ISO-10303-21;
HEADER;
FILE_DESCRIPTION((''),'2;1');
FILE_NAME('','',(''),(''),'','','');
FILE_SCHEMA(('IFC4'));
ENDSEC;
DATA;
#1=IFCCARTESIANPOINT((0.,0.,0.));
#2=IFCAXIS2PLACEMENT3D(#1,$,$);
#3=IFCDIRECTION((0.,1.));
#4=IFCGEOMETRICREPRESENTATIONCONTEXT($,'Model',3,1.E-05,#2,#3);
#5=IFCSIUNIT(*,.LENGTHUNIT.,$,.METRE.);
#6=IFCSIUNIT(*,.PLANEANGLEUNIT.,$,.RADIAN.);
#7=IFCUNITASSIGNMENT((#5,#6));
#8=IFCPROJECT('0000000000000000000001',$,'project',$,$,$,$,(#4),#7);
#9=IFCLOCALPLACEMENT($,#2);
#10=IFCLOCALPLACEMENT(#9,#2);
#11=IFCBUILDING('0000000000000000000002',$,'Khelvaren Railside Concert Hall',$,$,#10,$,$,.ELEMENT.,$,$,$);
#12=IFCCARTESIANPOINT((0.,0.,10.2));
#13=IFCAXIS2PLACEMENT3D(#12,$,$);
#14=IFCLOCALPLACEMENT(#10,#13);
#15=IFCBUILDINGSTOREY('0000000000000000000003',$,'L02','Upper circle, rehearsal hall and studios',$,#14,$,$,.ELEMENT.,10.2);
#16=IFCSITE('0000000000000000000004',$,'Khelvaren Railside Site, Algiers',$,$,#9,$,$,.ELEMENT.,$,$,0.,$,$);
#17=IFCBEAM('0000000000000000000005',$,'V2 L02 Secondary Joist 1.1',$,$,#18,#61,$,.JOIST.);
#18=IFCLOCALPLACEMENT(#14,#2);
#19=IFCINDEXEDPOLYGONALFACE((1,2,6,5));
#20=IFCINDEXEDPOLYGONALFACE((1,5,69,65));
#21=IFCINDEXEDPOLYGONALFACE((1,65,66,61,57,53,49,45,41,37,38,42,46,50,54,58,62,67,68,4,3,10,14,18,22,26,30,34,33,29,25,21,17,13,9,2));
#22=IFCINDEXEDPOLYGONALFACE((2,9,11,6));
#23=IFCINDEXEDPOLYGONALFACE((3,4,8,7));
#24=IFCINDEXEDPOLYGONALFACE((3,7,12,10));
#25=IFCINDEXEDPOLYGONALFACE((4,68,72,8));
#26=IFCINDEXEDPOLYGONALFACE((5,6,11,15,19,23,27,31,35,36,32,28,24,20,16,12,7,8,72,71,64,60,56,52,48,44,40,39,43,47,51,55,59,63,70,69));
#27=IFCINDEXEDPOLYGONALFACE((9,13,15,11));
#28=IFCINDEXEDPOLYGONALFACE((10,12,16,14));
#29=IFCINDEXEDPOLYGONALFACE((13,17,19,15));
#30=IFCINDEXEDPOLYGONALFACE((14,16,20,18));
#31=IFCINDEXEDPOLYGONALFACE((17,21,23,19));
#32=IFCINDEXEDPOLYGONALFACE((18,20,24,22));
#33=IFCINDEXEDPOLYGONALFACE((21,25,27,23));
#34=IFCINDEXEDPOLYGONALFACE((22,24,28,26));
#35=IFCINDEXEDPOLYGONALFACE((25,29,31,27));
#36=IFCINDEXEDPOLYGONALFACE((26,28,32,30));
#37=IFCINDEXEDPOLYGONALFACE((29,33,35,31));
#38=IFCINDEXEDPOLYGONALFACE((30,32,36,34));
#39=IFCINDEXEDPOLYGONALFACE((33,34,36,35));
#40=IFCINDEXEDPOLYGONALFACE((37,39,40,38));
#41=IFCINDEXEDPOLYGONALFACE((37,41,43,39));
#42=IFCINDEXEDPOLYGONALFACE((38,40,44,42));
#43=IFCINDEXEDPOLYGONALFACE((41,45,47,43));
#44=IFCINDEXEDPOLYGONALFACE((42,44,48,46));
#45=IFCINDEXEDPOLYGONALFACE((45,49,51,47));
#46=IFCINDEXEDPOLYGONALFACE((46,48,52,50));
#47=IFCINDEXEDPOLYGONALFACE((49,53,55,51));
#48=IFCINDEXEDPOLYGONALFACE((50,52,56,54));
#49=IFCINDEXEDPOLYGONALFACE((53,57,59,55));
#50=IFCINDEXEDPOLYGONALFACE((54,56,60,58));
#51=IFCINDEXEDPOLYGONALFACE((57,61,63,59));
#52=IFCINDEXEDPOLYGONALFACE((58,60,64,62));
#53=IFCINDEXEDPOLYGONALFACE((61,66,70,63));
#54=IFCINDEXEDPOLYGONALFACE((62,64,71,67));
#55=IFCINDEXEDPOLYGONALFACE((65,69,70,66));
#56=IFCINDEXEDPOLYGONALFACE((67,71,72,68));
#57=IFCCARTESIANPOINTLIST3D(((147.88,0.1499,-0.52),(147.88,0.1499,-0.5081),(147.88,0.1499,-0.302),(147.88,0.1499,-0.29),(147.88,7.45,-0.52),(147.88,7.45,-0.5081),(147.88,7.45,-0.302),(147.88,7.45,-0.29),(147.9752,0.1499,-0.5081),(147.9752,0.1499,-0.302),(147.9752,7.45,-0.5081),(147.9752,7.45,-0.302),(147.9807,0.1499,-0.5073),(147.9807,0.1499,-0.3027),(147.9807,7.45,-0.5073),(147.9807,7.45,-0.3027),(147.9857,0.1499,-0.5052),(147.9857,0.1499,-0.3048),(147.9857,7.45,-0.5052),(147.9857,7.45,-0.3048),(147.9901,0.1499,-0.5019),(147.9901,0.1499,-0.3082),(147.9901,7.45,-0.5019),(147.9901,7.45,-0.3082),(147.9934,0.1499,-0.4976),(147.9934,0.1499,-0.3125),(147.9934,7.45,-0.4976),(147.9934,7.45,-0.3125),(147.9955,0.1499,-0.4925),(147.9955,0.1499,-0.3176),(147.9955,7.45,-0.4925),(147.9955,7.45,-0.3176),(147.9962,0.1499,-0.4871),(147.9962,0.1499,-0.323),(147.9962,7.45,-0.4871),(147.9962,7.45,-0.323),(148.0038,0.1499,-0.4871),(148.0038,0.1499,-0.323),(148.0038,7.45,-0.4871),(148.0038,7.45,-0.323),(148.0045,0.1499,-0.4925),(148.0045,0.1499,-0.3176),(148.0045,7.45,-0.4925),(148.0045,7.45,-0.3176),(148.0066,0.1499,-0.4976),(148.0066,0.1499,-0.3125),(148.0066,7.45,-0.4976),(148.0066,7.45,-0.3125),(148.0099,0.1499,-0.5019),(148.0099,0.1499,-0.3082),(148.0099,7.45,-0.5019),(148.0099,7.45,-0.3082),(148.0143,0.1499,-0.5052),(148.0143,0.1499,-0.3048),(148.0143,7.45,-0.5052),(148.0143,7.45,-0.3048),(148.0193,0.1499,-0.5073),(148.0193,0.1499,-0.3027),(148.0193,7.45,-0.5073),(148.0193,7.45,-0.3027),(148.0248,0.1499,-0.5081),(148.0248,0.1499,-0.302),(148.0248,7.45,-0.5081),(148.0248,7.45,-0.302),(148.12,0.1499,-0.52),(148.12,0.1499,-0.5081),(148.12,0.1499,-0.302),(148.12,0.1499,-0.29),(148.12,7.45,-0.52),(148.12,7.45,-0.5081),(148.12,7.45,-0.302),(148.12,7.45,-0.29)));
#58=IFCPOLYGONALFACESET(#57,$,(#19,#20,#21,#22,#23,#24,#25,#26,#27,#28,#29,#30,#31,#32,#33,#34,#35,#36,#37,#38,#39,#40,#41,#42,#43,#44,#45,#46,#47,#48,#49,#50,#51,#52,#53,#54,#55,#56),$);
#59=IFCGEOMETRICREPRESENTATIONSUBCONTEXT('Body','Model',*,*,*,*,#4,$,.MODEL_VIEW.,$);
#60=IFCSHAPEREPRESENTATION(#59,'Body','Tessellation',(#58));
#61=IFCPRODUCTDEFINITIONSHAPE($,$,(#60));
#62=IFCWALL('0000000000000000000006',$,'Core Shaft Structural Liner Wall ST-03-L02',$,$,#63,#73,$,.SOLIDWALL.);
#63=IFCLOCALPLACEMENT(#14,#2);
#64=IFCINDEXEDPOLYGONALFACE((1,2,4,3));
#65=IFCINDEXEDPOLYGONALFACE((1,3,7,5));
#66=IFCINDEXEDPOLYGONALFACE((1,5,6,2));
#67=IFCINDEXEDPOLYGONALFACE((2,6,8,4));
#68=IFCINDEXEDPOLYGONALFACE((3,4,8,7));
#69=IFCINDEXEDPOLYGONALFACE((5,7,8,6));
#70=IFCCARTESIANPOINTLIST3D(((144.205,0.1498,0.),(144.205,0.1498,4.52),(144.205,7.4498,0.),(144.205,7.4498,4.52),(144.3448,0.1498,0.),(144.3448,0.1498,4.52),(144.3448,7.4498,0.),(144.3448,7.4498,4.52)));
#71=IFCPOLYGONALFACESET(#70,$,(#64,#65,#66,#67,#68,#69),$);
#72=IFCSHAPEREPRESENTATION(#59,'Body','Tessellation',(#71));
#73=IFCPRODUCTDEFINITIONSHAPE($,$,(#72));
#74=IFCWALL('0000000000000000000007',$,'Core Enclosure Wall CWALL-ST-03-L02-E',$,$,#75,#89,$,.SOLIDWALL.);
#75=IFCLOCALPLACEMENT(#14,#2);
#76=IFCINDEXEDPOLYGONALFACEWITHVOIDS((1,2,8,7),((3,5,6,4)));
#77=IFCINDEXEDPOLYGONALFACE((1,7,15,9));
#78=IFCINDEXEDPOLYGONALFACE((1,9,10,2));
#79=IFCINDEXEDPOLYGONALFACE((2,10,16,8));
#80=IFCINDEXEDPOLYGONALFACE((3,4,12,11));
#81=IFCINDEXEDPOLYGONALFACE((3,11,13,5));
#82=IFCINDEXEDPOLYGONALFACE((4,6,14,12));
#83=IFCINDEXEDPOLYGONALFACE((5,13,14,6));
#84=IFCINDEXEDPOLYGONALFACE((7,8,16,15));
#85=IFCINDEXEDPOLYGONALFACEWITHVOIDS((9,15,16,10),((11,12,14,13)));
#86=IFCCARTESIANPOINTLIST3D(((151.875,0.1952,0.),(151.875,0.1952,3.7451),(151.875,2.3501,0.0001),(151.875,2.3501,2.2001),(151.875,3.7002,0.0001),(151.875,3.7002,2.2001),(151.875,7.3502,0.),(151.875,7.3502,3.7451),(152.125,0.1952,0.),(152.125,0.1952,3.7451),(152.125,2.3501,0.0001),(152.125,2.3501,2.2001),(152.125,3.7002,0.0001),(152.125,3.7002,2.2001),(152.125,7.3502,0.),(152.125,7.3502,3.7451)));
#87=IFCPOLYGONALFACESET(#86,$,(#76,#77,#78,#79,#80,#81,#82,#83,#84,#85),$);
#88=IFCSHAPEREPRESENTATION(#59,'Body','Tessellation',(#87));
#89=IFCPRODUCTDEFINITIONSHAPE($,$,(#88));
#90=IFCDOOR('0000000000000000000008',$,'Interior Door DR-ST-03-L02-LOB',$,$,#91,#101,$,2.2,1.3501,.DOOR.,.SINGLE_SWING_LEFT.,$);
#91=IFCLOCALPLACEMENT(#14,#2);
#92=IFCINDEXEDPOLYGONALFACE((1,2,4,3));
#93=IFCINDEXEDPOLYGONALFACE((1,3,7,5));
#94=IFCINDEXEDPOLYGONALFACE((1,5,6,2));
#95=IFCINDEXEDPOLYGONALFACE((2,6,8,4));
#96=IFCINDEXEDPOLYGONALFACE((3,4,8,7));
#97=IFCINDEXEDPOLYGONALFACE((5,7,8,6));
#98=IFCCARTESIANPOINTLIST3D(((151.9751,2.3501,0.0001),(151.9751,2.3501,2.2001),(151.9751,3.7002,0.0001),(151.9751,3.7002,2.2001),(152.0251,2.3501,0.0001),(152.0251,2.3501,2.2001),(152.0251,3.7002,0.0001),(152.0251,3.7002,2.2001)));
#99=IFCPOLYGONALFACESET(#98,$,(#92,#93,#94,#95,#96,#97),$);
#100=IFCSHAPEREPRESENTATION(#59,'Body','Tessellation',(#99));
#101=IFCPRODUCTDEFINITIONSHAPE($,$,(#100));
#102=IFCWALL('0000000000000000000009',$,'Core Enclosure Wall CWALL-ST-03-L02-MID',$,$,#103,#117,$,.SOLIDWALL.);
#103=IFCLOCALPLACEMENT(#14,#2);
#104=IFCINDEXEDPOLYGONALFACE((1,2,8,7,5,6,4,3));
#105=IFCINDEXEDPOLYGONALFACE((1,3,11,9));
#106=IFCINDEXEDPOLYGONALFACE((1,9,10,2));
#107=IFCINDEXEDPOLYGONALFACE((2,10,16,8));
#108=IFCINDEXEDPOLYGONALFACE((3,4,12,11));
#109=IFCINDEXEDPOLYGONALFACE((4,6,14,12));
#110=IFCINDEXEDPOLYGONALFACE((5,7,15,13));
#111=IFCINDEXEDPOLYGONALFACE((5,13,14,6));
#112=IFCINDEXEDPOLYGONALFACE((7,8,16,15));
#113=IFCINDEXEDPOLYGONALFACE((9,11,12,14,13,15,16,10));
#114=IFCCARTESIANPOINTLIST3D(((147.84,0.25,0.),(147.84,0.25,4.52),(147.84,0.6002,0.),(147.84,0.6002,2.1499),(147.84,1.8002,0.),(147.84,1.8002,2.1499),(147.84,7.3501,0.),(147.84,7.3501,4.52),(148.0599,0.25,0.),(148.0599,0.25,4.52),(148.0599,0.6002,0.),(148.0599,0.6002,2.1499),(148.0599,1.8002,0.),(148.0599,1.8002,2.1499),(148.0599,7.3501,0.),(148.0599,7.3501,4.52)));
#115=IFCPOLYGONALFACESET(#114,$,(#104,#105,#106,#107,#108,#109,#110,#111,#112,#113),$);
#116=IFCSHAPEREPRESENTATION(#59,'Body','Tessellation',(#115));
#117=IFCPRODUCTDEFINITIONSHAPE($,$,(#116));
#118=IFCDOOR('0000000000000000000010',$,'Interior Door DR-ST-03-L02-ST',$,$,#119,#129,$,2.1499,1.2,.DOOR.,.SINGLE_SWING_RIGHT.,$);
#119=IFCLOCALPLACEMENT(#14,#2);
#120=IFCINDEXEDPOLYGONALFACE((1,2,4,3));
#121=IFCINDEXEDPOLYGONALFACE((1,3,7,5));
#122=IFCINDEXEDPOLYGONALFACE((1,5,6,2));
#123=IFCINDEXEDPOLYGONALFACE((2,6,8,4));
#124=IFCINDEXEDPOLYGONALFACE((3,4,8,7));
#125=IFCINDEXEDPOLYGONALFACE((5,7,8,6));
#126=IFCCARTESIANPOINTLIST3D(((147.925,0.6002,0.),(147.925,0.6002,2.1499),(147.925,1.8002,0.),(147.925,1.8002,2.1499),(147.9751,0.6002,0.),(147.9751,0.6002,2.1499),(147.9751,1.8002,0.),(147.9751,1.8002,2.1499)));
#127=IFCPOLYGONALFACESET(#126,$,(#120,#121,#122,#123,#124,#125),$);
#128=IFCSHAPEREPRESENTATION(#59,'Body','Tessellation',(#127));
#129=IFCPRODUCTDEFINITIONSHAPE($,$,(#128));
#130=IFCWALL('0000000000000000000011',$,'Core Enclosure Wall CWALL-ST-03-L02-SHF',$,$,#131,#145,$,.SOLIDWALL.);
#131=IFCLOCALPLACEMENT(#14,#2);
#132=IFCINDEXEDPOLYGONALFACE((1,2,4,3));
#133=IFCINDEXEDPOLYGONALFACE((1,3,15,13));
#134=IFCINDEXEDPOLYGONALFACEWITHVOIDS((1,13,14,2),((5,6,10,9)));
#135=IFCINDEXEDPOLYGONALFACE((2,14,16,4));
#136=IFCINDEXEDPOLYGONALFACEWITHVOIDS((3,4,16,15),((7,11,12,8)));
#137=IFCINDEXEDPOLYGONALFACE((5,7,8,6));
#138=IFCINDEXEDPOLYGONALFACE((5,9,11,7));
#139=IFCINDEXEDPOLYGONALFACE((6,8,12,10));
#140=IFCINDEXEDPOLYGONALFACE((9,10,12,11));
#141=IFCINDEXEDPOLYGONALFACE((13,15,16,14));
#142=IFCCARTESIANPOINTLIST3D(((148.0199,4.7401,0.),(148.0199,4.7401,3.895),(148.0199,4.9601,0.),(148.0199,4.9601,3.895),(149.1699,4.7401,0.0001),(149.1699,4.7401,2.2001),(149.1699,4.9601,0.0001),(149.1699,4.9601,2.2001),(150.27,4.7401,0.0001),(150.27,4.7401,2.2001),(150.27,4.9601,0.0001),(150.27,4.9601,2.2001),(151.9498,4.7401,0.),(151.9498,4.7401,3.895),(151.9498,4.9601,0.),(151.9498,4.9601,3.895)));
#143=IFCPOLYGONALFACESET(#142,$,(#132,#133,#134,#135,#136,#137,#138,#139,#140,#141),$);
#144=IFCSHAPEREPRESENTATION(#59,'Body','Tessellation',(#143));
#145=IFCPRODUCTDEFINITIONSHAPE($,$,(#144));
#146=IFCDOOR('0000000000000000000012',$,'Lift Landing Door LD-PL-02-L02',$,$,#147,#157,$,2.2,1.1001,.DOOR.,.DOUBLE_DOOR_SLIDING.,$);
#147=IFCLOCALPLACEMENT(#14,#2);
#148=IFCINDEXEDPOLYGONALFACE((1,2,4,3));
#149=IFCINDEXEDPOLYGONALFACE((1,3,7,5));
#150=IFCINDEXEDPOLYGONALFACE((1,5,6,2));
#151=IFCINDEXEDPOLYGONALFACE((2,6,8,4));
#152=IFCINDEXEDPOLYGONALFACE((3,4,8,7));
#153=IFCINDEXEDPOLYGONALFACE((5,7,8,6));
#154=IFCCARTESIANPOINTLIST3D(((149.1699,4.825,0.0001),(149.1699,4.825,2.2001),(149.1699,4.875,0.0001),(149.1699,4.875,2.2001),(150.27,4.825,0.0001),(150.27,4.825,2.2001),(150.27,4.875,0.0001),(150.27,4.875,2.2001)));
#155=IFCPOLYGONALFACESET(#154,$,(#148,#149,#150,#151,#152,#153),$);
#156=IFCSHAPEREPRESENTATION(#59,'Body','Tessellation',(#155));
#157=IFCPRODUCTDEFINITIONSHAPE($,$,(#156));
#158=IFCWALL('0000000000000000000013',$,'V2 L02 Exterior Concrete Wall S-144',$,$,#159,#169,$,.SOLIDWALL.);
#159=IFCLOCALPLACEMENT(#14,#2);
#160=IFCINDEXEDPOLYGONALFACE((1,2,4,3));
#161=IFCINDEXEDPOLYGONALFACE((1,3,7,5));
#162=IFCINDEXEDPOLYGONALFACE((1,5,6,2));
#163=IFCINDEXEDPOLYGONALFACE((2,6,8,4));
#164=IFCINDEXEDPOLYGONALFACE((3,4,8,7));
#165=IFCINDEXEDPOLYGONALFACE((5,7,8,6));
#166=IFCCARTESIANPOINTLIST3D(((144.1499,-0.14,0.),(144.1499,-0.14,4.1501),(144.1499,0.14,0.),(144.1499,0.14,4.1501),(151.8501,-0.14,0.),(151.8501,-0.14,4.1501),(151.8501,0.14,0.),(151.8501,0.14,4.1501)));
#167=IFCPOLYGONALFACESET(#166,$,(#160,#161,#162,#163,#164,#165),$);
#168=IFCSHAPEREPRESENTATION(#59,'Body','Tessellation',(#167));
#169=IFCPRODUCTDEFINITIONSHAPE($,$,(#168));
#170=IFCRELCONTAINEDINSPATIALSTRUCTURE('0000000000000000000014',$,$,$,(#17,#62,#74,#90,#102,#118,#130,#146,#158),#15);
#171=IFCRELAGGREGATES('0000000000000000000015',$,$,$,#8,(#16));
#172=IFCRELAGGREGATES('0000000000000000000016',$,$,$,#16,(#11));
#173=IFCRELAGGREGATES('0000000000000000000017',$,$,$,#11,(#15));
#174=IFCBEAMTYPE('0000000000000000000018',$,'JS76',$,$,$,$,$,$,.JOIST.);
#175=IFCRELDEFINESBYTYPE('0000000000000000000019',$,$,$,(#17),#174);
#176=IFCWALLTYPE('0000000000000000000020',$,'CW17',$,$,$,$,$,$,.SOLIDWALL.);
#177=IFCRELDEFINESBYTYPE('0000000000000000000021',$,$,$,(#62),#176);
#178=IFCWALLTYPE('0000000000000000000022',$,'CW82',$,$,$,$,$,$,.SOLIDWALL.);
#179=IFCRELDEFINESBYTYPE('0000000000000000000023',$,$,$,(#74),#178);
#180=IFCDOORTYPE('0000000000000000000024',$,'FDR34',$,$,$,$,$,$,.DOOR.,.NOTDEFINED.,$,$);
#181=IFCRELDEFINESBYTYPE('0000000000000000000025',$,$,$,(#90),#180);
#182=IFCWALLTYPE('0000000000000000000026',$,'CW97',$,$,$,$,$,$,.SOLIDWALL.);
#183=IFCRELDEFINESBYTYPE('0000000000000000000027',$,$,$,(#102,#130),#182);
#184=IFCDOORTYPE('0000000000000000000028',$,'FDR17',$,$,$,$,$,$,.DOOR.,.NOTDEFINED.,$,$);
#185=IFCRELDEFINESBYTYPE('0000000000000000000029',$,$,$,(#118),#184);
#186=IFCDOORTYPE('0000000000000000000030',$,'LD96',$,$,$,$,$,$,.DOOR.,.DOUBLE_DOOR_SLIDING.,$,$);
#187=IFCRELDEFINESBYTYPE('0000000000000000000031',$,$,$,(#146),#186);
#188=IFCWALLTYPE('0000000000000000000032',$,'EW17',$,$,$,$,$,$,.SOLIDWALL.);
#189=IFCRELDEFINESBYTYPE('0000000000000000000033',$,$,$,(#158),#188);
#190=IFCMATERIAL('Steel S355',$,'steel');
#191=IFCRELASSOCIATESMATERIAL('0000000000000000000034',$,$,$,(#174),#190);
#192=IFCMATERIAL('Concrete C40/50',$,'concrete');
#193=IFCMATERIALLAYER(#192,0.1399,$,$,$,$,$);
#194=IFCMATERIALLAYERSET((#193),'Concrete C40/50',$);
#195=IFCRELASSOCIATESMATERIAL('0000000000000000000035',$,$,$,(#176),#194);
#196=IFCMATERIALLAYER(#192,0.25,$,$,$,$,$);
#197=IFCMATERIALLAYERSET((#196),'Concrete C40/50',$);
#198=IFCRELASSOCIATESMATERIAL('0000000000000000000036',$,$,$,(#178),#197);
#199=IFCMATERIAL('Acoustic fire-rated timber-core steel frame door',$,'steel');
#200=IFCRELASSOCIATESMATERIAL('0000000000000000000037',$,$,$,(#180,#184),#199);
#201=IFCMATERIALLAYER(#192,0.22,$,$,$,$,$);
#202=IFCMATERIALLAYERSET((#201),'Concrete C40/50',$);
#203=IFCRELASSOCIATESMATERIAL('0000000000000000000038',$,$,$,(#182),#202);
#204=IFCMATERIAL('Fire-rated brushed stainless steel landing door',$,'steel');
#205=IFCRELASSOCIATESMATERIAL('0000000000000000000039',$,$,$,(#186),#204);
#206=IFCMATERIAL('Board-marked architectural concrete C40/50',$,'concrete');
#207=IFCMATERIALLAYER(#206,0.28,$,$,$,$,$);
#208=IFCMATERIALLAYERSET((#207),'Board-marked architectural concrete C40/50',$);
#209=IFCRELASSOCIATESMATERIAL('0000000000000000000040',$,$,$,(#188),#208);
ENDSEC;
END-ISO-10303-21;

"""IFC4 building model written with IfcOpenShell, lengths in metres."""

from ifc_helpers import new_model, si_unit, direction, frame, frame_2d, origin, origin_2d, place, context, subcontext, project, spatial, rectangle, i_section, extrude, material, layer, layer_set, material_profile, profile_set, type_object, element, fill, save


model = new_model("IFC4")

# Units and contexts
model_context = context("Model", 3, precision=1e-05, world=origin(), true_north=direction((0.0, 1.0)))
body_context = subcontext(model_context, "Body", "Model", "MODEL_VIEW")
ifc_project = project(units=[si_unit("LENGTHUNIT", "METRE"), si_unit("PLANEANGLEUNIT", "RADIAN")], contexts=[model_context])

# Site, building, storey
site_placement = place(None, origin())
site = spatial("IfcSite", under=ifc_project, at=site_placement, Name="Khelvaren Railside Site, Algiers", CompositionType="ELEMENT", RefElevation=0.0)
building_placement = place(site_placement, origin())
building = spatial("IfcBuilding", under=site, at=building_placement, Name="Khelvaren Railside Concert Hall", CompositionType="ELEMENT")
storey_placement = place(building_placement, frame((0.0, 0.0, 10.2)))
storey = spatial("IfcBuildingStorey", under=building, at=storey_placement, Name="L02", Description="Upper circle, rehearsal hall and studios", CompositionType="ELEMENT", Elevation=10.2)

# Shared definitions
ifc_material_1 = material(Name="Steel S355", Category="steel")

# Beam
ifc_material_profile_1 = material_profile(ifc_material_1, i_section(OverallWidth=0.24, OverallDepth=0.23, WebThickness=0.0076, FlangeThickness=0.012, FilletRadius=0.021, at=origin_2d()), Name="HEA 240")
ifc_profile_set_1 = profile_set([ifc_material_profile_1], Name="Steel S355")
beam_type_1 = type_object("IfcBeamType", Name="JS76", PredefinedType="JOIST", material=ifc_profile_set_1)
beam_1_placement = place(storey_placement, frame((148.0, 0.1499, -0.405), z_axis=(0.0, 1.0, 0.0), x_axis=(-1.0, 0.0, 0.0)))
element("IfcBeam", 1, at=beam_1_placement, inside=storey, type_object=beam_type_1, Name="V2 L02 Secondary Joist 1.1", PredefinedType="JOIST", context=body_context, shape_type="SweptSolid", body=[
    extrude(i_section(OverallWidth=0.24, OverallDepth=0.23, WebThickness=0.0076, FlangeThickness=0.012, FilletRadius=0.021, at=origin_2d()), origin(), (0.0, 0.0, 1.0), 7.3),
])

# Wall
ifc_material_2 = material(Name="Concrete C40/50", Category="concrete")
ifc_layer_1 = layer(ifc_material_2, 0.1399)
ifc_layer_set_1 = layer_set([ifc_layer_1], Name="Concrete C40/50")
wall_type_1 = type_object("IfcWallType", Name="CW17", PredefinedType="SOLIDWALL", material=ifc_layer_set_1)
wall_1_placement = place(storey_placement, frame((144.2749, 0.1499, 0.0), z_axis=(0.0, 0.0, 1.0), x_axis=(0.0, 1.0, 0.0)))
element("IfcWall", 2, at=wall_1_placement, inside=storey, type_object=wall_type_1, Name="Core Shaft Structural Liner Wall ST-03-L02", PredefinedType="SOLIDWALL", context=body_context, shape_type="SweptSolid", body=[
    extrude(rectangle(XDim=7.3, YDim=0.1399, at=frame_2d((3.6499, 0.0))), origin(), (0.0, 0.0, 1.0), 4.52),
])

# Walls, openings, doors
ifc_layer_2 = layer(ifc_material_2, 0.25)
ifc_layer_set_2 = layer_set([ifc_layer_2], Name="Concrete C40/50")
wall_type_2 = type_object("IfcWallType", Name="CW82", PredefinedType="SOLIDWALL", material=ifc_layer_set_2)
wall_2_placement = place(storey_placement, frame((152.0, 0.1951, 0.0), z_axis=(0.0, 0.0, 1.0), x_axis=(0.0, 1.0, 0.0)))
wall_2 = element("IfcWall", 3, at=wall_2_placement, inside=storey, type_object=wall_type_2, Name="Core Enclosure Wall CWALL-ST-03-L02-E", PredefinedType="SOLIDWALL", context=body_context, shape_type="SweptSolid", body=[
    extrude(rectangle(XDim=7.155, YDim=0.25, at=frame_2d((3.5776, 0.0))), origin(), (0.0, 0.0, 1.0), 3.7451),
])
opening_1_placement = place(wall_2_placement, frame((2.155, 0.0, 0.0)))
opening_1 = element("IfcOpeningElement", 4, at=opening_1_placement, cuts=wall_2, PredefinedType="OPENING", context=body_context, shape_type="SweptSolid", body=[
    extrude(rectangle(XDim=1.3501, YDim=2.2, at=frame_2d((0.675, 1.1001))), frame((0.0, 0.135, 0.0), z_axis=(0.0, -1.0, 0.0), x_axis=(1.0, 0.0, 0.0)), (0.0, 0.0, 1.0), 0.27),
])
ifc_material_3 = material(Name="Acoustic fire-rated timber-core steel frame door", Category="steel")
door_type_1 = type_object("IfcDoorType", Name="FDR34", OperationType="NOTDEFINED", PredefinedType="DOOR", material=ifc_material_3)
door_1_placement = place(opening_1_placement, origin())
door_1 = element("IfcDoor", 5, at=door_1_placement, inside=storey, type_object=door_type_1, Name="Interior Door DR-ST-03-L02-LOB", OperationType="SINGLE_SWING_LEFT", OverallHeight=2.2, OverallWidth=1.3501, PredefinedType="DOOR", context=body_context, shape_type="SweptSolid", body=[
    extrude(rectangle(XDim=1.3501, YDim=2.2, at=frame_2d((0.675, 1.1001))), frame((0.0, 0.0249, 0.0), z_axis=(0.0, -1.0, 0.0), x_axis=(1.0, 0.0, 0.0)), (0.0, 0.0, 1.0), 0.05),
])
fill(opening_1, door_1)
ifc_layer_3 = layer(ifc_material_2, 0.22)
ifc_layer_set_3 = layer_set([ifc_layer_3], Name="Concrete C40/50")
wall_type_3 = type_object("IfcWallType", Name="CW97", PredefinedType="SOLIDWALL", material=ifc_layer_set_3)
wall_3_placement = place(storey_placement, frame((147.95, 0.25, 0.0), z_axis=(0.0, 0.0, 1.0), x_axis=(0.0, 1.0, 0.0)))
wall_3 = element("IfcWall", 6, at=wall_3_placement, inside=storey, type_object=wall_type_3, Name="Core Enclosure Wall CWALL-ST-03-L02-MID", PredefinedType="SOLIDWALL", context=body_context, shape_type="SweptSolid", body=[
    extrude(rectangle(XDim=7.1001, YDim=0.22, at=frame_2d((3.55, 0.0))), origin(), (0.0, 0.0, 1.0), 4.52),
])
opening_2_placement = place(wall_3_placement, frame((0.3501, 0.0, 0.0)))
opening_2 = element("IfcOpeningElement", 7, at=opening_2_placement, cuts=wall_3, PredefinedType="OPENING", context=body_context, shape_type="SweptSolid", body=[
    extrude(rectangle(XDim=1.2, YDim=2.1499, at=frame_2d((0.6001, 1.075))), frame((0.0, 0.1199, 0.0), z_axis=(0.0, -1.0, 0.0), x_axis=(1.0, 0.0, 0.0)), (0.0, 0.0, 1.0), 0.24),
])
door_type_2 = type_object("IfcDoorType", Name="FDR17", OperationType="NOTDEFINED", PredefinedType="DOOR", material=ifc_material_3)
door_2_placement = place(opening_2_placement, origin())
door_2 = element("IfcDoor", 8, at=door_2_placement, inside=storey, type_object=door_type_2, Name="Interior Door DR-ST-03-L02-ST", OperationType="SINGLE_SWING_RIGHT", OverallHeight=2.1499, OverallWidth=1.2, PredefinedType="DOOR", context=body_context, shape_type="SweptSolid", body=[
    extrude(rectangle(XDim=1.2, YDim=2.1499, at=frame_2d((0.6001, 1.075))), frame((0.0, 0.0249, 0.0), z_axis=(0.0, -1.0, 0.0), x_axis=(1.0, 0.0, 0.0)), (0.0, 0.0, 1.0), 0.05),
])
fill(opening_2, door_2)
wall_4_placement = place(storey_placement, frame((148.02, 4.8501, 0.0), z_axis=(0.0, 0.0, 1.0), x_axis=(1.0, 0.0, 0.0)))
wall_4 = element("IfcWall", 9, at=wall_4_placement, inside=storey, type_object=wall_type_3, Name="Core Enclosure Wall CWALL-ST-03-L02-SHF", PredefinedType="SOLIDWALL", context=body_context, shape_type="SweptSolid", body=[
    extrude(rectangle(XDim=3.9299, YDim=0.22, at=frame_2d((1.9648, 0.0))), origin(), (0.0, 0.0, 1.0), 3.895),
])
opening_3_placement = place(wall_4_placement, frame((1.1499, 0.0, 0.0)))
opening_3 = element("IfcOpeningElement", 10, at=opening_3_placement, cuts=wall_4, PredefinedType="OPENING", context=body_context, shape_type="SweptSolid", body=[
    extrude(rectangle(XDim=1.1001, YDim=2.2, at=frame_2d((0.55, 1.1001))), frame((0.0, 0.1199, 0.0), z_axis=(0.0, -1.0, 0.0), x_axis=(1.0, 0.0, 0.0)), (0.0, 0.0, 1.0), 0.24),
])
ifc_material_4 = material(Name="Fire-rated brushed stainless steel landing door", Category="steel")
door_type_3 = type_object("IfcDoorType", Name="LD96", OperationType="DOUBLE_DOOR_SLIDING", PredefinedType="DOOR", material=ifc_material_4)
door_3_placement = place(opening_3_placement, origin())
door_3 = element("IfcDoor", 11, at=door_3_placement, inside=storey, type_object=door_type_3, Name="Lift Landing Door LD-PL-02-L02", OperationType="DOUBLE_DOOR_SLIDING", OverallHeight=2.2, OverallWidth=1.1001, PredefinedType="DOOR", context=body_context, shape_type="SweptSolid", body=[
    extrude(rectangle(XDim=1.1001, YDim=2.2, at=frame_2d((0.55, 1.1001))), frame((0.0, 0.0249, 0.0), z_axis=(0.0, -1.0, 0.0), x_axis=(1.0, 0.0, 0.0)), (0.0, 0.0, 1.0), 0.05),
])
fill(opening_3, door_3)

# Wall
ifc_material_5 = material(Name="Board-marked architectural concrete C40/50", Category="concrete")
ifc_layer_4 = layer(ifc_material_5, 0.28)
ifc_layer_set_4 = layer_set([ifc_layer_4], Name="Board-marked architectural concrete C40/50")
wall_type_4 = type_object("IfcWallType", Name="EW17", PredefinedType="SOLIDWALL", material=ifc_layer_set_4)
wall_5_placement = place(storey_placement, frame((151.8501, 0.0, 0.0), z_axis=(0.0, 0.0, 1.0), x_axis=(-1.0, 0.0, 0.0)))
element("IfcWall", 12, at=wall_5_placement, inside=storey, type_object=wall_type_4, Name="V2 L02 Exterior Concrete Wall S-144", PredefinedType="SOLIDWALL", context=body_context, shape_type="SweptSolid", body=[
    extrude(rectangle(XDim=7.7002, YDim=0.28, at=frame_2d((3.8501, 0.0))), origin(), (0.0, 0.0, 1.0), 4.1501),
])

save(model, "model.ifc")
